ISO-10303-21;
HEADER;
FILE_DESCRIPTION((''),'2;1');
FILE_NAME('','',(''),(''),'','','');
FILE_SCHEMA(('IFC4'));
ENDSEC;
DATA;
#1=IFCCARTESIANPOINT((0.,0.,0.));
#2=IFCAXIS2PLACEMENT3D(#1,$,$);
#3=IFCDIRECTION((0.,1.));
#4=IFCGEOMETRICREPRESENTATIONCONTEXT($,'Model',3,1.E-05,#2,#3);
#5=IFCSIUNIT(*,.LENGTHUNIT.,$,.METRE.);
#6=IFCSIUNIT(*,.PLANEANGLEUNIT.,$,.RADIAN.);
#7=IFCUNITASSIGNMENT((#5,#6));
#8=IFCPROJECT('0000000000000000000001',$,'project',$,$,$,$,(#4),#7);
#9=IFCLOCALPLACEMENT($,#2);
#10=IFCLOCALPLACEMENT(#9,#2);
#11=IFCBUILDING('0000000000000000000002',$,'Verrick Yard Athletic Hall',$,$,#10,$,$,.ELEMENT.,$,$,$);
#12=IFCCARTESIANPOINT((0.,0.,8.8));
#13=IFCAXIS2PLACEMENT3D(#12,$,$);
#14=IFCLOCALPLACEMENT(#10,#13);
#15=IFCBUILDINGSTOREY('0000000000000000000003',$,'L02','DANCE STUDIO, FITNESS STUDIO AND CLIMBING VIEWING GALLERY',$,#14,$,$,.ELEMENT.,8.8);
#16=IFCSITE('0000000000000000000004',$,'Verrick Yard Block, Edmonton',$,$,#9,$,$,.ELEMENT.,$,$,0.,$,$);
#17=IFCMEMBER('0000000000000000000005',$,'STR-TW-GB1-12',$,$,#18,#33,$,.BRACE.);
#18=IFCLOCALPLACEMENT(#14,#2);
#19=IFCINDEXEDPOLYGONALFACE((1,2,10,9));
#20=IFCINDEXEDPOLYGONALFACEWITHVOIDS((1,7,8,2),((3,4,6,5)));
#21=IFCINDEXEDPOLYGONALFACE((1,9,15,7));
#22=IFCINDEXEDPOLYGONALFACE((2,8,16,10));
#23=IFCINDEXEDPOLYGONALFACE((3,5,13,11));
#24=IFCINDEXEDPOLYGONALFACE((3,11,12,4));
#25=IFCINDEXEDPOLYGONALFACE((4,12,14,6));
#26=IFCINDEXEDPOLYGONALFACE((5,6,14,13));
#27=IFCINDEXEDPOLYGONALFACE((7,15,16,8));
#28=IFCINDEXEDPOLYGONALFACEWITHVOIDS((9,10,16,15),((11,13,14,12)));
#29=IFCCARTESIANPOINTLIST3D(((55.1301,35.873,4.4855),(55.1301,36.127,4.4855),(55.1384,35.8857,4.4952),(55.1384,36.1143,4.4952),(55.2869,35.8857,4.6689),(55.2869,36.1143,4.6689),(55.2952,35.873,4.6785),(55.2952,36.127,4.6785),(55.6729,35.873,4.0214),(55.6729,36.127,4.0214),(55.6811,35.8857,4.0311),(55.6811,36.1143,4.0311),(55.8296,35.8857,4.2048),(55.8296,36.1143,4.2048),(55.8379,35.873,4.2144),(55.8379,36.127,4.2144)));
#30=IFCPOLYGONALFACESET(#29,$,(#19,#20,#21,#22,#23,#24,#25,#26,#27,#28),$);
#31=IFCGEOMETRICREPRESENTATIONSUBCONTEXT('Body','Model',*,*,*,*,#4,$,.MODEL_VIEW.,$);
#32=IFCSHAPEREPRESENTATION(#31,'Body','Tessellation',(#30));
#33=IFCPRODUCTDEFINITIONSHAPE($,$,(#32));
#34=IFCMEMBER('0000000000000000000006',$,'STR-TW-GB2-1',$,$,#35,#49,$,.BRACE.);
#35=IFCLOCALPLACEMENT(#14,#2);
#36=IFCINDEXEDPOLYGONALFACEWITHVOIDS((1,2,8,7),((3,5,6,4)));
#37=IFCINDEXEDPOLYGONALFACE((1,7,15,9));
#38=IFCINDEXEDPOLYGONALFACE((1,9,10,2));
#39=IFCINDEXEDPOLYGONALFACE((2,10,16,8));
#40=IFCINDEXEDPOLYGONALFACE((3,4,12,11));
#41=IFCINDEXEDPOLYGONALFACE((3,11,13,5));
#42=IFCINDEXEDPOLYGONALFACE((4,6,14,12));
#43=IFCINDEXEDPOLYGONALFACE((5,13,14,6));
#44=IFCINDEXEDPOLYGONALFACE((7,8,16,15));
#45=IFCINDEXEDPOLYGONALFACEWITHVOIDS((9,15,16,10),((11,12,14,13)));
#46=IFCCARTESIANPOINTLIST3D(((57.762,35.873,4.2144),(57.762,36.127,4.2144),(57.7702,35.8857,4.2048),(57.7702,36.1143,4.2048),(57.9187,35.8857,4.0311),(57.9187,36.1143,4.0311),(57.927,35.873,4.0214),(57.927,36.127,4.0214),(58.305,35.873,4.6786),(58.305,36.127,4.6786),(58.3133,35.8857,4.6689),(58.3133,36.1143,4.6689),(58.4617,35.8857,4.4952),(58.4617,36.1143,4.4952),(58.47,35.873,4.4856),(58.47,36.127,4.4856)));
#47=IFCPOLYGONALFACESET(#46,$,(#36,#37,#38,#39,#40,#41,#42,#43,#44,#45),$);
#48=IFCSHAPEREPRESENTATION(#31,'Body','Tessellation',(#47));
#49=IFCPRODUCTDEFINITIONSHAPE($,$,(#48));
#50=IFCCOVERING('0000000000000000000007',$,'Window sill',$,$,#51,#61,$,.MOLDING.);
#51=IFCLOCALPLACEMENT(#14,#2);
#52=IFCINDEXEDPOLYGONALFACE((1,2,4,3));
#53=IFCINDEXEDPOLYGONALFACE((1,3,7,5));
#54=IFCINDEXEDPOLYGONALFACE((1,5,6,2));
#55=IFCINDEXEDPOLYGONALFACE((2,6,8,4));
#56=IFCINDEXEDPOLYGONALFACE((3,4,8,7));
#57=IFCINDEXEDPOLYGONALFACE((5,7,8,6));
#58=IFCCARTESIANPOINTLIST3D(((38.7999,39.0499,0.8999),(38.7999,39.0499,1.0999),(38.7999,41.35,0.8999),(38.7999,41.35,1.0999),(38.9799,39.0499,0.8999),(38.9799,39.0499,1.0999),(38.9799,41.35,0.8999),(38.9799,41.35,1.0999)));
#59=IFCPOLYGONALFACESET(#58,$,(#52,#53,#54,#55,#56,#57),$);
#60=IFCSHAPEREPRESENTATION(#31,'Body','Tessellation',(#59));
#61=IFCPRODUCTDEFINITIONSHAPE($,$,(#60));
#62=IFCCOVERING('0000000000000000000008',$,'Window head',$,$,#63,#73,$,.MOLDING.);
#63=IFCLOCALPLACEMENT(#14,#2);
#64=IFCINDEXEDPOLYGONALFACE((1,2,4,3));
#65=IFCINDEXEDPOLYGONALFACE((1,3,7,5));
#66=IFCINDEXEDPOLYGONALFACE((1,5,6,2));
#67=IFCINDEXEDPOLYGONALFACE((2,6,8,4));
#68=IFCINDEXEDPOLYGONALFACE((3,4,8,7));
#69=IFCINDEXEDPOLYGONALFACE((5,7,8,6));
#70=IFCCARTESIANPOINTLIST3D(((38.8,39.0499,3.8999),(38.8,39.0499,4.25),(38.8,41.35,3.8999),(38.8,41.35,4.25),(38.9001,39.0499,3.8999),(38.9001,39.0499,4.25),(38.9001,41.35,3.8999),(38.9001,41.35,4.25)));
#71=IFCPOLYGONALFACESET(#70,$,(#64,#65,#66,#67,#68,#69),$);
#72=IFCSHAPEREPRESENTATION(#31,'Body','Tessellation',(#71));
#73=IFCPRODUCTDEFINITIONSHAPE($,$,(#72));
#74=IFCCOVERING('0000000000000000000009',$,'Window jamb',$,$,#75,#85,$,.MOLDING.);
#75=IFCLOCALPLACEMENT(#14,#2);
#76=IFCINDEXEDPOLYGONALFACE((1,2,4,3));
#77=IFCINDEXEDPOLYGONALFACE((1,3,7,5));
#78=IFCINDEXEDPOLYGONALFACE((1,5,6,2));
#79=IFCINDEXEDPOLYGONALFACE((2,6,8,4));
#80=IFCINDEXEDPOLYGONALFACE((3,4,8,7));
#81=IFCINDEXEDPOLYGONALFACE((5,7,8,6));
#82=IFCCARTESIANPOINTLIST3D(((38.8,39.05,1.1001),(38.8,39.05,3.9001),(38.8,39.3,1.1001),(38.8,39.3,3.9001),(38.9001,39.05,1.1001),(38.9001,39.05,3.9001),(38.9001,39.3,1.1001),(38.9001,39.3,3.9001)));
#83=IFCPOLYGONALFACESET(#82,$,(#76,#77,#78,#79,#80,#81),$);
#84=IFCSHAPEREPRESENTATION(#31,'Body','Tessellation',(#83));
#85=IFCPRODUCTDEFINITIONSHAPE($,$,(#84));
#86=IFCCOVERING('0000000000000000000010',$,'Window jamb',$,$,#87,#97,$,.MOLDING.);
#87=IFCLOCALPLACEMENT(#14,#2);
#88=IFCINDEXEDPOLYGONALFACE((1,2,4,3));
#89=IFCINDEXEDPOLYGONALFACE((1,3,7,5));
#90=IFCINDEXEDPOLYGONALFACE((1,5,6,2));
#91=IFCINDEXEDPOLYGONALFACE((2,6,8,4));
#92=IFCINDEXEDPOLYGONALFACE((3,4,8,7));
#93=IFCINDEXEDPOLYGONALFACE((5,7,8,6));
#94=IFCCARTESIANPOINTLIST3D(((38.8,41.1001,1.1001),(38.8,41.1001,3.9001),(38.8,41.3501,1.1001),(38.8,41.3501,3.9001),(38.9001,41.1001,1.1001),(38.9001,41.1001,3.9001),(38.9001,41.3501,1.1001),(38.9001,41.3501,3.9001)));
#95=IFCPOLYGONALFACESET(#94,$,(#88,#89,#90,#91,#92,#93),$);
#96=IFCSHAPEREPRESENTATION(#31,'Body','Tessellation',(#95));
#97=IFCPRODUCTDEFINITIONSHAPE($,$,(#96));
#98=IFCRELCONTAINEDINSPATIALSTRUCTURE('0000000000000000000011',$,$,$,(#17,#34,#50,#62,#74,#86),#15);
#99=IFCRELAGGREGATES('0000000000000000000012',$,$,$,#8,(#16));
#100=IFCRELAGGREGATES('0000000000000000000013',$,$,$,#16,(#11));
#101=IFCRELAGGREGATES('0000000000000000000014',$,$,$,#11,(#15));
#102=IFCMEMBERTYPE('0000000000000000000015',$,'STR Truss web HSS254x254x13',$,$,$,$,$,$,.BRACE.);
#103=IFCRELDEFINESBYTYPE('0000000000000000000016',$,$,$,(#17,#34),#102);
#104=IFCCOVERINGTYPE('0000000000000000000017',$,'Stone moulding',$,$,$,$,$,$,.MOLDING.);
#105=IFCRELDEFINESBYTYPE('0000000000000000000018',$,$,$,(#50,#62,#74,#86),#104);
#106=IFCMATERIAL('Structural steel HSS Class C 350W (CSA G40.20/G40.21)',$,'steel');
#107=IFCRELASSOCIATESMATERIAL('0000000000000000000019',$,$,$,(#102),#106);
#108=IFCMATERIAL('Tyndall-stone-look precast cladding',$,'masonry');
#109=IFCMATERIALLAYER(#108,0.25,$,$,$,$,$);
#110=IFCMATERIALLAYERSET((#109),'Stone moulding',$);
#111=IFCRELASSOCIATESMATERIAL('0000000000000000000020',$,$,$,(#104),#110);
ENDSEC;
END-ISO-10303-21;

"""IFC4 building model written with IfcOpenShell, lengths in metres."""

from ifc_helpers import new_model, si_unit, direction, frame, origin, origin_2d, place, context, subcontext, project, spatial, rectangle, hollow_rectangle, extrude, material, layer, layer_set, material_profile, profile_set, type_object, element, save


model = new_model("IFC4")

# Units and contexts
model_context = context("Model", 3, precision=1e-05, world=origin(), true_north=direction((0.0, 1.0)))
body_context = subcontext(model_context, "Body", "Model", "MODEL_VIEW")
ifc_project = project(units=[si_unit("LENGTHUNIT", "METRE"), si_unit("PLANEANGLEUNIT", "RADIAN")], contexts=[model_context])

# Site, building, storey
site_placement = place(None, origin())
site = spatial("IfcSite", under=ifc_project, at=site_placement, Name="Verrick Yard Block, Edmonton", CompositionType="ELEMENT", RefElevation=0.0)
building_placement = place(site_placement, origin())
building = spatial("IfcBuilding", under=site, at=building_placement, Name="Verrick Yard Athletic Hall", CompositionType="ELEMENT")
storey_placement = place(building_placement, frame((0.0, 0.0, 8.8)))
storey = spatial("IfcBuildingStorey", under=building, at=storey_placement, Name="L02", Description="DANCE STUDIO, FITNESS STUDIO AND CLIMBING VIEWING GALLERY", CompositionType="ELEMENT", Elevation=8.8)

# Members
ifc_material_1 = material(Name="Structural steel HSS Class C 350W (CSA G40.20/G40.21)", Category="steel")
ifc_material_profile_1 = material_profile(ifc_material_1, hollow_rectangle(XDim=0.2539, YDim=0.2539, WallThickness=0.0127, at=origin_2d()), Name="HSS254x254x13")
ifc_profile_set_1 = profile_set([ifc_material_profile_1], Name="Structural steel HSS Class C 350W (CSA G40.20/G40.21)")
member_type_1 = type_object("IfcMemberType", Name="STR Truss web HSS254x254x13", PredefinedType="BRACE", material=ifc_profile_set_1)
member_1_placement = place(storey_placement, frame((55.2126, 36.0, 4.582), z_axis=(0.760004, 0.0, -0.649918), x_axis=(0.0, 1.0, 0.0)))
element("IfcMember", 1, at=member_1_placement, inside=storey, type_object=member_type_1, Name="STR-TW-GB1-12", PredefinedType="BRACE", context=body_context, shape_type="SweptSolid", body=[
    extrude(hollow_rectangle(XDim=0.2539, YDim=0.2539, WallThickness=0.0127, at=origin_2d()), origin(), (0.0, 0.0, 1.0), 0.7141),
])
member_2_placement = place(storey_placement, frame((57.8445, 36.0, 4.1179), z_axis=(0.760149, 0.0, 0.649749), x_axis=(0.0, 1.0, 0.0)))
element("IfcMember", 2, at=member_2_placement, inside=storey, type_object=member_type_1, Name="STR-TW-GB2-1", PredefinedType="BRACE", context=body_context, shape_type="SweptSolid", body=[
    extrude(hollow_rectangle(XDim=0.2539, YDim=0.2539, WallThickness=0.0127, at=origin_2d()), origin(), (0.0, 0.0, 1.0), 0.7144),
])

# Coverings
ifc_material_2 = material(Name="Tyndall-stone-look precast cladding", Category="masonry")
ifc_layer = layer(ifc_material_2, 0.25)
ifc_layer_set = layer_set([ifc_layer], Name="Stone moulding")
covering_type = type_object("IfcCoveringType", Name="Stone moulding", PredefinedType="MOLDING", material=ifc_layer_set)
covering_1_placement = place(storey_placement, frame((38.8899, 40.2, 0.8999), z_axis=(0.0, 0.0, 1.0), x_axis=(0.0, 1.0, 0.0)))
element("IfcCovering", 3, at=covering_1_placement, inside=storey, type_object=covering_type, Name="Window sill", PredefinedType="MOLDING", context=body_context, shape_type="SweptSolid", body=[
    extrude(rectangle(XDim=2.3, YDim=0.1799, at=origin_2d()), origin(), (0.0, 0.0, 1.0), 0.2),
])
covering_2_placement = place(storey_placement, frame((38.8501, 40.2, 3.8999), z_axis=(0.0, 0.0, 1.0), x_axis=(0.0, 1.0, 0.0)))
element("IfcCovering", 4, at=covering_2_placement, inside=storey, type_object=covering_type, Name="Window head", PredefinedType="MOLDING", context=body_context, shape_type="SweptSolid", body=[
    extrude(rectangle(XDim=2.3, YDim=0.1001, at=origin_2d()), origin(), (0.0, 0.0, 1.0), 0.3501),
])
for number, where, z_axis, x_axis, name in (
    (5, (38.8501, 39.175, 1.1001), (0.0, 0.0, 1.0), (0.0, 1.0, 0.0), "Window jamb"),
    (6, (38.8501, 41.2251, 1.1001), (0.0, 0.0, 1.0), (0.0, 1.0, 0.0), "Window jamb"),
):
    element("IfcCovering", number, at=place(storey_placement, frame(where, z_axis=z_axis, x_axis=x_axis)), inside=storey, type_object=covering_type, Name=name, PredefinedType="MOLDING", context=body_context, shape_type="SweptSolid", body=[
        extrude(rectangle(XDim=0.25, YDim=0.1001, at=origin_2d()), origin(), (0.0, 0.0, 1.0), 2.8),
    ])

save(model, "model.ifc")
